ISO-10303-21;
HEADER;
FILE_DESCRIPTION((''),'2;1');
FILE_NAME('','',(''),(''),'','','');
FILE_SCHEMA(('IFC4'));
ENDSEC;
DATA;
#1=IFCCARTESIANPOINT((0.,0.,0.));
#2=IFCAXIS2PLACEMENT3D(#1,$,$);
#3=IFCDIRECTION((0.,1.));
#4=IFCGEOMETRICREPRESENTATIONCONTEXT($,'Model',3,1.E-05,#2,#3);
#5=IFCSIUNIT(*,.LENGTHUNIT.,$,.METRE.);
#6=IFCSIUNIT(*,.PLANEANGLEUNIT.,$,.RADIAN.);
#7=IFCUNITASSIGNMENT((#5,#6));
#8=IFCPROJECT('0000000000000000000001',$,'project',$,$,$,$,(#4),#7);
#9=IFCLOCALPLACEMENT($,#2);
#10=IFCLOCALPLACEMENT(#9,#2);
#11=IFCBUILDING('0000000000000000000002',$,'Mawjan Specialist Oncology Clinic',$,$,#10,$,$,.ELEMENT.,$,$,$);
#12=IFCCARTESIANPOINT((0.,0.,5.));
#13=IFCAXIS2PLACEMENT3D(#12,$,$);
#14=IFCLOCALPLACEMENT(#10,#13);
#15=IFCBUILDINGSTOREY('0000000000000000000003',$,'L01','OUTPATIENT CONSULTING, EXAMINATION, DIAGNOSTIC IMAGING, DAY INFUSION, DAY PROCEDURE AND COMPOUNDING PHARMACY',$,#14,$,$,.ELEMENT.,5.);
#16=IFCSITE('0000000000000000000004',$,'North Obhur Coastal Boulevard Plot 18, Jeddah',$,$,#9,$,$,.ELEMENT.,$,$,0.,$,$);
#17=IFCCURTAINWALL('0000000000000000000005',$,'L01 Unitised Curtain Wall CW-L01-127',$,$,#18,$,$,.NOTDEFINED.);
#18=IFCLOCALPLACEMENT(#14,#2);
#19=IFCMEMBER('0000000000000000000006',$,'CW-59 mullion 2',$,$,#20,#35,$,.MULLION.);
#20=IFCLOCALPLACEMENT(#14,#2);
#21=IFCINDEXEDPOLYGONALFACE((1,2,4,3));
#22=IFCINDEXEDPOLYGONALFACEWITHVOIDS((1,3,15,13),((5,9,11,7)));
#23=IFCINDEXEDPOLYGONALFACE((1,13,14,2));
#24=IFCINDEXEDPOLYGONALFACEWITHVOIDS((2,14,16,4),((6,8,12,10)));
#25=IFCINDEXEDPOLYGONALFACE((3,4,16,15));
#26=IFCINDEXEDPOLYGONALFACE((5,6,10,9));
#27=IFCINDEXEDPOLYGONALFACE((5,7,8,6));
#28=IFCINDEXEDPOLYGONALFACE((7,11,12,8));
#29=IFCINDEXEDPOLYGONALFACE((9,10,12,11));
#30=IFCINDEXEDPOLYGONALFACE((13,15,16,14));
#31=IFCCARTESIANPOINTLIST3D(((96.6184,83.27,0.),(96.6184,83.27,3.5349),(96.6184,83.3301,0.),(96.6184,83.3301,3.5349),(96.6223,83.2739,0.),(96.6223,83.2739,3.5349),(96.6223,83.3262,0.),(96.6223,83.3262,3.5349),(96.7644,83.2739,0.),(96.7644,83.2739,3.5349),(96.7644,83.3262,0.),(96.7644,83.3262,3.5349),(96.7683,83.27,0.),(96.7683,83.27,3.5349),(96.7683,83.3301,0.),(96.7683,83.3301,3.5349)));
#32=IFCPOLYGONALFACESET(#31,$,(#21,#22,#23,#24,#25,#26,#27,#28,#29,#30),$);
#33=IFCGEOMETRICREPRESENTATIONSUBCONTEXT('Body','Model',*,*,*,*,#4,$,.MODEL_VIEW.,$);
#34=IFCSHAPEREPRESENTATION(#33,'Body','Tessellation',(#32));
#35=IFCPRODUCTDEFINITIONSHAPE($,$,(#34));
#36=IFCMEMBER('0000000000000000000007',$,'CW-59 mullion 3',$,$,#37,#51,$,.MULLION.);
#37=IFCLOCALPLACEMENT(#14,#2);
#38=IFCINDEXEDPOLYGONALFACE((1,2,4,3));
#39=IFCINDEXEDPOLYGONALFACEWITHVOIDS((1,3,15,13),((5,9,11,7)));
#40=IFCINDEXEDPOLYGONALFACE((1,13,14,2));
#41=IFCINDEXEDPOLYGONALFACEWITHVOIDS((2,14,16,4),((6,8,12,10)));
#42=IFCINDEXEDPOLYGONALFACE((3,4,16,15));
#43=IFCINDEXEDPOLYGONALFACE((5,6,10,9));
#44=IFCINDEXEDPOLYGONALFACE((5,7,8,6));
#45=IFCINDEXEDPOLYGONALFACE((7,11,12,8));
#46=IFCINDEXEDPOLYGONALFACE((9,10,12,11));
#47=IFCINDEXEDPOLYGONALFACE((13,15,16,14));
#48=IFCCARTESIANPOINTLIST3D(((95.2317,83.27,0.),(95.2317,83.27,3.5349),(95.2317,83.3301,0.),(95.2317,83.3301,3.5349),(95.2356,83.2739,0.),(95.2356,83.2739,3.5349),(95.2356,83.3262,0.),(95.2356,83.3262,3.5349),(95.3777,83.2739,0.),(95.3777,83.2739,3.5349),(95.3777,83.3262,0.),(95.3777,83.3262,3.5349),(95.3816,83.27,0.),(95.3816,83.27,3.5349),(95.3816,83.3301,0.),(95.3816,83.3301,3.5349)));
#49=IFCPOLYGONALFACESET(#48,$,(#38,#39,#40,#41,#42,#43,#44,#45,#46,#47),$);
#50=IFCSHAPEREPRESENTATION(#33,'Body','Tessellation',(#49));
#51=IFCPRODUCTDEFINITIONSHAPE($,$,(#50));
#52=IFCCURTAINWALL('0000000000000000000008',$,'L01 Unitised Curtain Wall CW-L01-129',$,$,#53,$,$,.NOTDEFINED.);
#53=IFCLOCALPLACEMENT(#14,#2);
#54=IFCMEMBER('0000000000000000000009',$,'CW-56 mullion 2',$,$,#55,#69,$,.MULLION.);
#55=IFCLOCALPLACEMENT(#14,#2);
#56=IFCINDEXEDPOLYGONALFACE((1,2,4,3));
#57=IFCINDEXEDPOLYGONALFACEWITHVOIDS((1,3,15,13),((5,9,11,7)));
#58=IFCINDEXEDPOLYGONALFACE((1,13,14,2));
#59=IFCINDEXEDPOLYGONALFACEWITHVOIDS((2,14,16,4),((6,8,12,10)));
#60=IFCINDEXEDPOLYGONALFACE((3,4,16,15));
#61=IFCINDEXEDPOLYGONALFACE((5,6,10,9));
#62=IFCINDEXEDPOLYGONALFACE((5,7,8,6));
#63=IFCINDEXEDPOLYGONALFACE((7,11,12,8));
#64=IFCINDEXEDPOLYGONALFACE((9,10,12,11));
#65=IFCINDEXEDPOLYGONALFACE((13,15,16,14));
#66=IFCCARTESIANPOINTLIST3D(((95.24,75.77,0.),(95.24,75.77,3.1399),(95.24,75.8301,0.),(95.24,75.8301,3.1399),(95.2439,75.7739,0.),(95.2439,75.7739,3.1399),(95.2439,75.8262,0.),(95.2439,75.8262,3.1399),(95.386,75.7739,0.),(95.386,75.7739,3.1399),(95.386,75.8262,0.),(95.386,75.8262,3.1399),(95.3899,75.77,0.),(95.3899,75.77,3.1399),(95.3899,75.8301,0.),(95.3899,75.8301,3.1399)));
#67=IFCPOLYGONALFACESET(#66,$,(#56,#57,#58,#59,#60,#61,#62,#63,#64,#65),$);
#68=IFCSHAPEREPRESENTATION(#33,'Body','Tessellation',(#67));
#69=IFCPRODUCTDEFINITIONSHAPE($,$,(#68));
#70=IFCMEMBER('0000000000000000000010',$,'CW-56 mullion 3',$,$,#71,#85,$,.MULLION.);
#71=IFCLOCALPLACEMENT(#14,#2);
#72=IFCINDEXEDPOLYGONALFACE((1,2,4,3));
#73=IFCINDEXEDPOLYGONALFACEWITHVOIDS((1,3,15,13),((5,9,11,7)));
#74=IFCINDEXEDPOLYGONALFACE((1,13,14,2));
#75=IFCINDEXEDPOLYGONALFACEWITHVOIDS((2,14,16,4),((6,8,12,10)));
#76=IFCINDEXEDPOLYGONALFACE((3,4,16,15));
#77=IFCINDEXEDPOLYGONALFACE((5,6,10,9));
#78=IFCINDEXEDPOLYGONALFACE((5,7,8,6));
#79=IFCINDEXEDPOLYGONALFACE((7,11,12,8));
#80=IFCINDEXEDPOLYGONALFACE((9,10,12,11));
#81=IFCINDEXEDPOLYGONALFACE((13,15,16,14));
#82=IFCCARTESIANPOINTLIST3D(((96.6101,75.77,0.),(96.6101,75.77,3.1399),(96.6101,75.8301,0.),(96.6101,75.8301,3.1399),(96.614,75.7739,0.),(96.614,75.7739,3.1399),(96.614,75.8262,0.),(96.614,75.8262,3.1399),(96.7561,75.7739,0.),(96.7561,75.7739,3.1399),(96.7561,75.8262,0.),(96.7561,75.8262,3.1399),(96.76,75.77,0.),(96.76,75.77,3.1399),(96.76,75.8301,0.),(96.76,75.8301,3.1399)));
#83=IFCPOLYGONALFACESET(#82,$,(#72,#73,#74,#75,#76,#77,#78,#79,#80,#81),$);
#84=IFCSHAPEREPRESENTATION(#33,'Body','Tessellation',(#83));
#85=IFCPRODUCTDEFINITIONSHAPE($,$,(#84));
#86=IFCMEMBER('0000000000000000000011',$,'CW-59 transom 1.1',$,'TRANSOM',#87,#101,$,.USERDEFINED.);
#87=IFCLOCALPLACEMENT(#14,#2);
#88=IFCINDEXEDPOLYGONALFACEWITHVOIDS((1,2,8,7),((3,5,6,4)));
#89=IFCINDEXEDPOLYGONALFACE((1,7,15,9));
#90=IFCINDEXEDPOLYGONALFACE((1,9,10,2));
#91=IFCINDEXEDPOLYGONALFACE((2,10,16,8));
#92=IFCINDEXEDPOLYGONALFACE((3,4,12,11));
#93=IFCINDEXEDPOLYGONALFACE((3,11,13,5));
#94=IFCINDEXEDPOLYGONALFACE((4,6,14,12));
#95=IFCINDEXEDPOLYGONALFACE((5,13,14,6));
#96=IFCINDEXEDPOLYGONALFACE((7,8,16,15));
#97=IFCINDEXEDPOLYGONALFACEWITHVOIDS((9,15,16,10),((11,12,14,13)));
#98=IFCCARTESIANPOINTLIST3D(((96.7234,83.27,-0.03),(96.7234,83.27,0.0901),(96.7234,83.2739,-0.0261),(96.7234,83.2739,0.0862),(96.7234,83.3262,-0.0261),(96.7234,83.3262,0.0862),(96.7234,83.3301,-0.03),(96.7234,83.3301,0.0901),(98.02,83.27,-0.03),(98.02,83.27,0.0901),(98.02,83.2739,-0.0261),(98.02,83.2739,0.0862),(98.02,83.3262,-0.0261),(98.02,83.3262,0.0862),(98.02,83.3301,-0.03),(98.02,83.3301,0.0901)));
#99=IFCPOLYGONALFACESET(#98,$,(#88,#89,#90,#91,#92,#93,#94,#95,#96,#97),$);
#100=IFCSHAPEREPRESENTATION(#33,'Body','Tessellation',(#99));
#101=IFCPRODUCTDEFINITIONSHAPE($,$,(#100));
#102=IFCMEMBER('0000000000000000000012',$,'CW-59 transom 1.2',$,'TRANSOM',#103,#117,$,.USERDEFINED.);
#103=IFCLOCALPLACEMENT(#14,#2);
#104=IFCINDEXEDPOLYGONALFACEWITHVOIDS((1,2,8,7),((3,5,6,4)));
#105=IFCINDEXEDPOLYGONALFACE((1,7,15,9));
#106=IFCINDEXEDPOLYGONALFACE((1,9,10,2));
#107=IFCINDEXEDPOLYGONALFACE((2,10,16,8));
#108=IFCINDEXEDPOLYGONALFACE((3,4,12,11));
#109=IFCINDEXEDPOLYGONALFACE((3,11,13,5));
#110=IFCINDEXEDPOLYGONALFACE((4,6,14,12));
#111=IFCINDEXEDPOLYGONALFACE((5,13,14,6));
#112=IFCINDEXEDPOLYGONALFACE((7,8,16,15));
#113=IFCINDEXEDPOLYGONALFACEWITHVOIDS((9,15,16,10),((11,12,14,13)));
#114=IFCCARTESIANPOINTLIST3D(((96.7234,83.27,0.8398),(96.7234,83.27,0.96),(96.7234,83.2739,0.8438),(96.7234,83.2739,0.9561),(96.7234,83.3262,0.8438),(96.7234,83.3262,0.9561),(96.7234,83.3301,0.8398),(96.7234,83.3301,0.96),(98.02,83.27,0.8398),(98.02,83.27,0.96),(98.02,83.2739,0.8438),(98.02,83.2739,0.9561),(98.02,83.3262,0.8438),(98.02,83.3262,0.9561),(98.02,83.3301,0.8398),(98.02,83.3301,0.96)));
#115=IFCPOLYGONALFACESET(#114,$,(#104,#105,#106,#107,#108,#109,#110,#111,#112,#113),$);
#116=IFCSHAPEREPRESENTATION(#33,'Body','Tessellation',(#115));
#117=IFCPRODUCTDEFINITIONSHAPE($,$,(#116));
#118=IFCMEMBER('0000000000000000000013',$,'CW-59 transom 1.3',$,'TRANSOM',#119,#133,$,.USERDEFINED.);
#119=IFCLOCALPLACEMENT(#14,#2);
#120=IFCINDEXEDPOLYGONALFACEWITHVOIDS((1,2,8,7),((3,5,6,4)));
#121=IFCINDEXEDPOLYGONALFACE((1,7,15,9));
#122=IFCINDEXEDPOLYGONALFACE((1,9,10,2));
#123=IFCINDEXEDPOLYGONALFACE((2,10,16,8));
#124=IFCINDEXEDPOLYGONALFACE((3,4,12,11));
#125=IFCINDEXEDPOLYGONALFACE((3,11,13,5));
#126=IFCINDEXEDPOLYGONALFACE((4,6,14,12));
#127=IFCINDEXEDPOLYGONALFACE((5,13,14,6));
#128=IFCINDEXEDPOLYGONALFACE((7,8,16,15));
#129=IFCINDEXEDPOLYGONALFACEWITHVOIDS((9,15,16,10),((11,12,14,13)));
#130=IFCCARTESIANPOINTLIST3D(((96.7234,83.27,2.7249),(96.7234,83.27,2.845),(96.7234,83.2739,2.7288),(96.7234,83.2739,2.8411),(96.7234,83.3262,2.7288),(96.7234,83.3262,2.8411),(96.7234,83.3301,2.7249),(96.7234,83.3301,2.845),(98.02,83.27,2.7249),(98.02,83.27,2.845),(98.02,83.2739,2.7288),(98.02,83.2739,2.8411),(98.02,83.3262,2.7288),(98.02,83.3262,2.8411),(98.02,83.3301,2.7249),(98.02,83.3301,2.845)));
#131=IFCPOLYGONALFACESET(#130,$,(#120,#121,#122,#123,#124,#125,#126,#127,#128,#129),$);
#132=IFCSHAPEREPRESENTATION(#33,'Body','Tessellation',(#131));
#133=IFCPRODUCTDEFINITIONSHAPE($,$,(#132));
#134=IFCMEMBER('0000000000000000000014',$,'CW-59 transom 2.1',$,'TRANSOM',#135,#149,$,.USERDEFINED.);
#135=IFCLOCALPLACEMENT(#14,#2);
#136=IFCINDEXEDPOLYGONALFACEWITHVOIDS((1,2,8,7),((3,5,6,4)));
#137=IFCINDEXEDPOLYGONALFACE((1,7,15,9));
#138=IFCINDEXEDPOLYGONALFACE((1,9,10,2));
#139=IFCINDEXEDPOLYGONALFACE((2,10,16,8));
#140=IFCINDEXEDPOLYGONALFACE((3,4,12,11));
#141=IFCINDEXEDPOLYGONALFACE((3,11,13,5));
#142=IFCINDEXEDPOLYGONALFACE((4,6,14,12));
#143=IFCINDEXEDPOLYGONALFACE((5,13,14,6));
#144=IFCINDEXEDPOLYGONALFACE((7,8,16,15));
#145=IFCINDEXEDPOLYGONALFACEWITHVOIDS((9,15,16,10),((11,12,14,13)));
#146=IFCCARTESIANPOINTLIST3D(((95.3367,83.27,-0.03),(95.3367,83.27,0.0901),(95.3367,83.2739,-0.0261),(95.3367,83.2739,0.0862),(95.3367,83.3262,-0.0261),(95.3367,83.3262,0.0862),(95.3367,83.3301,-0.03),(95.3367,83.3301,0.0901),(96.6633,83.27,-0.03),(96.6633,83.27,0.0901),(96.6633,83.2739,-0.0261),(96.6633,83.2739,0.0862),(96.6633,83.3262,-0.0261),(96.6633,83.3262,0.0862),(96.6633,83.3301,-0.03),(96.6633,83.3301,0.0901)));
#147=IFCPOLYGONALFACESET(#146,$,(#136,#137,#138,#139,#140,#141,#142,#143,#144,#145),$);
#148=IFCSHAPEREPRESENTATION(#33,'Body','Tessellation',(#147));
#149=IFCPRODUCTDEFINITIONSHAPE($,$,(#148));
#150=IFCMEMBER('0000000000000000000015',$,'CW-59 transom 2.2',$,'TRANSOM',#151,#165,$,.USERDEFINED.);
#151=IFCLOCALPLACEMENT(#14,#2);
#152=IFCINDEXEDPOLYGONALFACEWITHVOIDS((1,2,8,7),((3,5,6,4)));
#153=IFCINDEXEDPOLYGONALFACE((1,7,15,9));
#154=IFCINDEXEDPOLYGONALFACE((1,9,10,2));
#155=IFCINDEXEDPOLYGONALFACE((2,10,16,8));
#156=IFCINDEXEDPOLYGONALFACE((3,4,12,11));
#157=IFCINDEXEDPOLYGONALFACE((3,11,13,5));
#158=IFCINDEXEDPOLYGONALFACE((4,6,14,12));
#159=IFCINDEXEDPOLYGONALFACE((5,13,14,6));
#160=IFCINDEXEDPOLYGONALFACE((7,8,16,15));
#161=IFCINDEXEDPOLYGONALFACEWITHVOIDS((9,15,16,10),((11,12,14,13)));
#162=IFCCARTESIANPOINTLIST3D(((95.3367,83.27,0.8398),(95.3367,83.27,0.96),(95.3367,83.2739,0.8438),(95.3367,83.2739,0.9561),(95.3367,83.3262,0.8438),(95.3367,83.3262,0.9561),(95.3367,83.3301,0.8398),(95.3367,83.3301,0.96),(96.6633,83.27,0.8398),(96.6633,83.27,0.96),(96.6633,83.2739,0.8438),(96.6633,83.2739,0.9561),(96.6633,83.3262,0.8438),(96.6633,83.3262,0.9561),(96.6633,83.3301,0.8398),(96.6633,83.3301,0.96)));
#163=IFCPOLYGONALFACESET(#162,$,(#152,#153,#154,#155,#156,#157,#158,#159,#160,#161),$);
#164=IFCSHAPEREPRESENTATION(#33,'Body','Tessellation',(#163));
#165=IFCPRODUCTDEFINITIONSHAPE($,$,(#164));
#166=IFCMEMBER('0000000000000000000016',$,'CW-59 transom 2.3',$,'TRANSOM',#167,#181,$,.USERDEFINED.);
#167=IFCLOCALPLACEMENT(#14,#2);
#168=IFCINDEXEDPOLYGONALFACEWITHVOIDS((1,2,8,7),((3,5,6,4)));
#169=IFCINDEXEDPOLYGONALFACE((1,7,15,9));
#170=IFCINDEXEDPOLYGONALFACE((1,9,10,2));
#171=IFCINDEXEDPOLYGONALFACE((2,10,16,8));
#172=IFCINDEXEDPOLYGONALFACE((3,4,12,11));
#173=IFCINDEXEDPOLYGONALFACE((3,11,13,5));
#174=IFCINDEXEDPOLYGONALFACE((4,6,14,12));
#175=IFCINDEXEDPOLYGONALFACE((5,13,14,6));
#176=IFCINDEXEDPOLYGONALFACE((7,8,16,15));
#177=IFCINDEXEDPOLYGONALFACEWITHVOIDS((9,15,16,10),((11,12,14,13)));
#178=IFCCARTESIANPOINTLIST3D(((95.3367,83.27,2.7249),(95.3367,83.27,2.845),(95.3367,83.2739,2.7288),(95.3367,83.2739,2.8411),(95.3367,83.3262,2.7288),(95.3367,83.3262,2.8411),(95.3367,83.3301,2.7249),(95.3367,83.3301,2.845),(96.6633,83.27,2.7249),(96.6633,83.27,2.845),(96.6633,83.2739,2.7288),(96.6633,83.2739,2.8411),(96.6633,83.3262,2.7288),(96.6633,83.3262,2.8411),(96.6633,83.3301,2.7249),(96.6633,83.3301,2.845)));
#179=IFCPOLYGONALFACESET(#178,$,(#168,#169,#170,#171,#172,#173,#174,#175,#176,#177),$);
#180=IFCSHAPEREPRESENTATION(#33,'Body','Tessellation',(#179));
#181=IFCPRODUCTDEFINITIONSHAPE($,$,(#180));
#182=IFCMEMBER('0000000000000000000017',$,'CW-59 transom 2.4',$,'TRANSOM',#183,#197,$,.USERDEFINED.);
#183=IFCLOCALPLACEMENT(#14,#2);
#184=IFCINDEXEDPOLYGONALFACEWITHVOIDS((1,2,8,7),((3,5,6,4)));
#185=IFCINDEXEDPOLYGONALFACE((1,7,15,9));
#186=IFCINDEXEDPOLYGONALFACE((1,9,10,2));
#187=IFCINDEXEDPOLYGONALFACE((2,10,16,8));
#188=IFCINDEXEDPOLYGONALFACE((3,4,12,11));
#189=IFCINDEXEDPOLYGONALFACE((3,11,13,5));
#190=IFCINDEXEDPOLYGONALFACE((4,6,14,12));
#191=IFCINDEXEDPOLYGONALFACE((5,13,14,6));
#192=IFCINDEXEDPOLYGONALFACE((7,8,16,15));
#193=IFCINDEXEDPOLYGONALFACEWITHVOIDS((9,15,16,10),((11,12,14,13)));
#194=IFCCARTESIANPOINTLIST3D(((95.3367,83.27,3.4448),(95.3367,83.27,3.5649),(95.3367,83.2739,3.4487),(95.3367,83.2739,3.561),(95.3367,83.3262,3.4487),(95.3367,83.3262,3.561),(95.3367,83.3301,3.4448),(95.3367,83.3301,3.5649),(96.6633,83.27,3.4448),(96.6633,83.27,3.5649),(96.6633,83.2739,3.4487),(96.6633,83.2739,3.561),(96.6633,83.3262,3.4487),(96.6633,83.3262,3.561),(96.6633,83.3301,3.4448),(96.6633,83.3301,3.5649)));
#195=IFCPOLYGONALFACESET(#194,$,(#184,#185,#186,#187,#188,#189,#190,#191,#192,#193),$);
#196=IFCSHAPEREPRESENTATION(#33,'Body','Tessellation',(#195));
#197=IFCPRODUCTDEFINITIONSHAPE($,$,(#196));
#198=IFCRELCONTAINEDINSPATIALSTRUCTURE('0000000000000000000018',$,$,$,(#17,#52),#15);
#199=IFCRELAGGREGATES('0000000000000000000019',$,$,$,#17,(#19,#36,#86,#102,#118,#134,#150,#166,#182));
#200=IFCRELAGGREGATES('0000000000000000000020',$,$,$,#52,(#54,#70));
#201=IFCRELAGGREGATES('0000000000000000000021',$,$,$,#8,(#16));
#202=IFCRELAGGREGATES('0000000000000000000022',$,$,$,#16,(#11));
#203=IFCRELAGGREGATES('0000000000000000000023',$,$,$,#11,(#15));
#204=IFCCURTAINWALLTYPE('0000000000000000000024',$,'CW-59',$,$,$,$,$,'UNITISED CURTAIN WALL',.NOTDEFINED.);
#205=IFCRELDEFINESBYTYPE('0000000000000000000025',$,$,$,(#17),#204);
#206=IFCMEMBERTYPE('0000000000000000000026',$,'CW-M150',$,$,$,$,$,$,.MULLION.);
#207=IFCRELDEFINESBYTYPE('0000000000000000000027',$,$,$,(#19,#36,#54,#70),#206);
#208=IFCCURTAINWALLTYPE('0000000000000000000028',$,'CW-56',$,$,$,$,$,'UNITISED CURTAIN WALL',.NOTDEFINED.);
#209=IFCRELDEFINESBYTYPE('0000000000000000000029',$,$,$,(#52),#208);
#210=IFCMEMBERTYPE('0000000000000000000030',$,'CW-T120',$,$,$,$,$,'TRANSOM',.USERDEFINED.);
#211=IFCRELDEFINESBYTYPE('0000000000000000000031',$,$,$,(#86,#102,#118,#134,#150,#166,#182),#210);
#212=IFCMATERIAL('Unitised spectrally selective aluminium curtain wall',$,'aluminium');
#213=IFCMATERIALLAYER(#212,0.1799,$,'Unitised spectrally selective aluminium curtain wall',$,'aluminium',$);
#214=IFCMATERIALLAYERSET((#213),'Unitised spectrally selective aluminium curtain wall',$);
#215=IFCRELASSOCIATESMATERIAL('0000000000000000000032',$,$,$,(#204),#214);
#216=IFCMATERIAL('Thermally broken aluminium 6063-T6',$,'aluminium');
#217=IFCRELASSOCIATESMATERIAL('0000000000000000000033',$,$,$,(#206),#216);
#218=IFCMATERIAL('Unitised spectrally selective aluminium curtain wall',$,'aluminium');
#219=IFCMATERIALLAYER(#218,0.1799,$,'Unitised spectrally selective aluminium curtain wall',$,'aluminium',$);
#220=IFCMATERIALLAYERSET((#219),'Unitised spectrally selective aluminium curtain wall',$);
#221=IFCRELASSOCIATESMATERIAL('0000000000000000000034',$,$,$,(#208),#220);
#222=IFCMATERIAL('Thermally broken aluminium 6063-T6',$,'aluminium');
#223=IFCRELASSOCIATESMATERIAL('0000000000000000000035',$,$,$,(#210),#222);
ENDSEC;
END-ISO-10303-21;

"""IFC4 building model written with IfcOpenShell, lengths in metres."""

from ifc_helpers import new_model, si_unit, direction, frame, origin, origin_2d, place, context, subcontext, project, spatial, hollow_rectangle, extrude, material, layer, layer_set, material_profile, profile_set, type_object, element, aggregate, save


model = new_model("IFC4")

# Units and contexts
model_context = context("Model", 3, precision=1e-05, world=origin(), true_north=direction((0.0, 1.0)))
body_context = subcontext(model_context, "Body", "Model", "MODEL_VIEW")
ifc_project = project(units=[si_unit("LENGTHUNIT", "METRE"), si_unit("PLANEANGLEUNIT", "RADIAN")], contexts=[model_context])

# Site, building, storey
site_placement = place(None, origin())
site = spatial("IfcSite", under=ifc_project, at=site_placement, Name="North Obhur Coastal Boulevard Plot 18, Jeddah", CompositionType="ELEMENT", RefElevation=0.0)
building_placement = place(site_placement, origin())
building = spatial("IfcBuilding", under=site, at=building_placement, Name="Mawjan Specialist Oncology Clinic", CompositionType="ELEMENT")
storey_placement = place(building_placement, frame((0.0, 0.0, 5.0)))
storey = spatial("IfcBuildingStorey", under=building, at=storey_placement, Name="L01", Description="OUTPATIENT CONSULTING, EXAMINATION, DIAGNOSTIC IMAGING, DAY INFUSION, DAY PROCEDURE AND COMPOUNDING PHARMACY", CompositionType="ELEMENT", Elevation=5.0)

# Curtain walls, members
ifc_material_1 = material(Name="Unitised spectrally selective aluminium curtain wall", Category="aluminium")
ifc_layer_1 = layer(ifc_material_1, 0.1799, Name="Unitised spectrally selective aluminium curtain wall", Category="aluminium")
ifc_layer_set_1 = layer_set([ifc_layer_1], Name="Unitised spectrally selective aluminium curtain wall")
curtain_wall_type_1 = type_object("IfcCurtainWallType", Name="CW-59", ElementType="UNITISED CURTAIN WALL", PredefinedType="NOTDEFINED", material=ifc_layer_set_1)
curtain_wall_1_placement = place(storey_placement, origin())
curtain_wall_1 = element("IfcCurtainWall", 1, at=curtain_wall_1_placement, inside=storey, type_object=curtain_wall_type_1, Name="L01 Unitised Curtain Wall CW-L01-127", PredefinedType="NOTDEFINED")
ifc_material_2 = material(Name="Thermally broken aluminium 6063-T6", Category="aluminium")
ifc_material_profile_1 = material_profile(ifc_material_2, hollow_rectangle(XDim=0.0601, YDim=0.1499, WallThickness=0.0039, at=origin_2d()), Name="ALU MULLION 150x60x4", Category="aluminium")
ifc_profile_set_1 = profile_set([ifc_material_profile_1], Name="Thermally broken aluminium 6063-T6")
member_type_1 = type_object("IfcMemberType", Name="CW-M150", PredefinedType="MULLION", material=ifc_profile_set_1)
member_1_placement = place(storey_placement, frame((96.6934, 83.3, 0.0), z_axis=(0.0, 0.0, 1.0), x_axis=(0.0, -1.0, 0.0)))
member_1 = element("IfcMember", 2, at=member_1_placement, type_object=member_type_1, Name="CW-59 mullion 2", PredefinedType="MULLION", context=body_context, shape_type="SweptSolid", body=[
    extrude(hollow_rectangle(XDim=0.0601, YDim=0.1499, WallThickness=0.0039, at=origin_2d()), origin(), (0.0, 0.0, 1.0), 3.5349),
])
member_2_placement = place(storey_placement, frame((95.3066, 83.3, 0.0), z_axis=(0.0, 0.0, 1.0), x_axis=(0.0, -1.0, 0.0)))
member_2 = element("IfcMember", 3, at=member_2_placement, type_object=member_type_1, Name="CW-59 mullion 3", PredefinedType="MULLION", context=body_context, shape_type="SweptSolid", body=[
    extrude(hollow_rectangle(XDim=0.0601, YDim=0.1499, WallThickness=0.0039, at=origin_2d()), origin(), (0.0, 0.0, 1.0), 3.5349),
])
ifc_material_3 = material(Name="Unitised spectrally selective aluminium curtain wall", Category="aluminium")
ifc_layer_2 = layer(ifc_material_3, 0.1799, Name="Unitised spectrally selective aluminium curtain wall", Category="aluminium")
ifc_layer_set_2 = layer_set([ifc_layer_2], Name="Unitised spectrally selective aluminium curtain wall")
curtain_wall_type_2 = type_object("IfcCurtainWallType", Name="CW-56", ElementType="UNITISED CURTAIN WALL", PredefinedType="NOTDEFINED", material=ifc_layer_set_2)
curtain_wall_2_placement = place(storey_placement, origin())
curtain_wall_2 = element("IfcCurtainWall", 4, at=curtain_wall_2_placement, inside=storey, type_object=curtain_wall_type_2, Name="L01 Unitised Curtain Wall CW-L01-129", PredefinedType="NOTDEFINED")
member_3_placement = place(storey_placement, frame((95.3149, 75.8, 0.0), z_axis=(0.0, 0.0, 1.0), x_axis=(0.0, 1.0, 0.0)))
member_3 = element("IfcMember", 5, at=member_3_placement, type_object=member_type_1, Name="CW-56 mullion 2", PredefinedType="MULLION", context=body_context, shape_type="SweptSolid", body=[
    extrude(hollow_rectangle(XDim=0.0601, YDim=0.1499, WallThickness=0.0039, at=origin_2d()), origin(), (0.0, 0.0, 1.0), 3.1399),
])
member_4_placement = place(storey_placement, frame((96.6851, 75.8, 0.0), z_axis=(0.0, 0.0, 1.0), x_axis=(0.0, 1.0, 0.0)))
member_4 = element("IfcMember", 6, at=member_4_placement, type_object=member_type_1, Name="CW-56 mullion 3", PredefinedType="MULLION", context=body_context, shape_type="SweptSolid", body=[
    extrude(hollow_rectangle(XDim=0.0601, YDim=0.1499, WallThickness=0.0039, at=origin_2d()), origin(), (0.0, 0.0, 1.0), 3.1399),
])

# Members
ifc_material_4 = material(Name="Thermally broken aluminium 6063-T6", Category="aluminium")
ifc_material_profile_2 = material_profile(ifc_material_4, hollow_rectangle(XDim=0.0601, YDim=0.1201, WallThickness=0.0039, at=origin_2d()), Name="ALU TRANSOM 120x60x4", Category="aluminium")
ifc_profile_set_2 = profile_set([ifc_material_profile_2], Name="Thermally broken aluminium 6063-T6")
member_type_2 = type_object("IfcMemberType", Name="CW-T120", ElementType="TRANSOM", PredefinedType="USERDEFINED", material=ifc_profile_set_2)
member_5_placement = place(storey_placement, frame((98.02, 83.3, 0.03), z_axis=(-1.0, 0.0, 0.0), x_axis=(0.0, -1.0, 0.0)))
member_5 = element("IfcMember", 7, at=member_5_placement, type_object=member_type_2, Name="CW-59 transom 1.1", ObjectType="TRANSOM", PredefinedType="USERDEFINED", context=body_context, shape_type="SweptSolid", body=[
    extrude(hollow_rectangle(XDim=0.0601, YDim=0.1201, WallThickness=0.0039, at=origin_2d()), origin(), (0.0, 0.0, 1.0), 1.2966),
])
member_6_placement = place(storey_placement, frame((98.02, 83.3, 0.8999), z_axis=(-1.0, 0.0, 0.0), x_axis=(0.0, -1.0, 0.0)))
member_6 = element("IfcMember", 8, at=member_6_placement, type_object=member_type_2, Name="CW-59 transom 1.2", ObjectType="TRANSOM", PredefinedType="USERDEFINED", context=body_context, shape_type="SweptSolid", body=[
    extrude(hollow_rectangle(XDim=0.0601, YDim=0.1201, WallThickness=0.0039, at=origin_2d()), origin(), (0.0, 0.0, 1.0), 1.2966),
])
member_7_placement = place(storey_placement, frame((98.02, 83.3, 2.7849), z_axis=(-1.0, 0.0, 0.0), x_axis=(0.0, -1.0, 0.0)))
member_7 = element("IfcMember", 9, at=member_7_placement, type_object=member_type_2, Name="CW-59 transom 1.3", ObjectType="TRANSOM", PredefinedType="USERDEFINED", context=body_context, shape_type="SweptSolid", body=[
    extrude(hollow_rectangle(XDim=0.0601, YDim=0.1201, WallThickness=0.0039, at=origin_2d()), origin(), (0.0, 0.0, 1.0), 1.2966),
])
member_8_placement = place(storey_placement, frame((96.6633, 83.3, 0.03), z_axis=(-1.0, 0.0, 0.0), x_axis=(0.0, -1.0, 0.0)))
member_8 = element("IfcMember", 10, at=member_8_placement, type_object=member_type_2, Name="CW-59 transom 2.1", ObjectType="TRANSOM", PredefinedType="USERDEFINED", context=body_context, shape_type="SweptSolid", body=[
    extrude(hollow_rectangle(XDim=0.0601, YDim=0.1201, WallThickness=0.0039, at=origin_2d()), origin(), (0.0, 0.0, 1.0), 1.3267),
])
member_9_placement = place(storey_placement, frame((96.6633, 83.3, 0.8999), z_axis=(-1.0, 0.0, 0.0), x_axis=(0.0, -1.0, 0.0)))
member_9 = element("IfcMember", 11, at=member_9_placement, type_object=member_type_2, Name="CW-59 transom 2.2", ObjectType="TRANSOM", PredefinedType="USERDEFINED", context=body_context, shape_type="SweptSolid", body=[
    extrude(hollow_rectangle(XDim=0.0601, YDim=0.1201, WallThickness=0.0039, at=origin_2d()), origin(), (0.0, 0.0, 1.0), 1.3267),
])
member_10_placement = place(storey_placement, frame((96.6633, 83.3, 2.7849), z_axis=(-1.0, 0.0, 0.0), x_axis=(0.0, -1.0, 0.0)))
member_10 = element("IfcMember", 12, at=member_10_placement, type_object=member_type_2, Name="CW-59 transom 2.3", ObjectType="TRANSOM", PredefinedType="USERDEFINED", context=body_context, shape_type="SweptSolid", body=[
    extrude(hollow_rectangle(XDim=0.0601, YDim=0.1201, WallThickness=0.0039, at=origin_2d()), origin(), (0.0, 0.0, 1.0), 1.3267),
])
member_11_placement = place(storey_placement, frame((96.6633, 83.3, 3.5049), z_axis=(-1.0, 0.0, 0.0), x_axis=(0.0, -1.0, 0.0)))
member_11 = element("IfcMember", 13, at=member_11_placement, type_object=member_type_2, Name="CW-59 transom 2.4", ObjectType="TRANSOM", PredefinedType="USERDEFINED", context=body_context, shape_type="SweptSolid", body=[
    extrude(hollow_rectangle(XDim=0.0601, YDim=0.1201, WallThickness=0.0039, at=origin_2d()), origin(), (0.0, 0.0, 1.0), 1.3267),
])

aggregate(curtain_wall_1, [member_1, member_2, member_5, member_6, member_7, member_8, member_9, member_10, member_11])
aggregate(curtain_wall_2, [member_3, member_4])

save(model, "model.ifc")
